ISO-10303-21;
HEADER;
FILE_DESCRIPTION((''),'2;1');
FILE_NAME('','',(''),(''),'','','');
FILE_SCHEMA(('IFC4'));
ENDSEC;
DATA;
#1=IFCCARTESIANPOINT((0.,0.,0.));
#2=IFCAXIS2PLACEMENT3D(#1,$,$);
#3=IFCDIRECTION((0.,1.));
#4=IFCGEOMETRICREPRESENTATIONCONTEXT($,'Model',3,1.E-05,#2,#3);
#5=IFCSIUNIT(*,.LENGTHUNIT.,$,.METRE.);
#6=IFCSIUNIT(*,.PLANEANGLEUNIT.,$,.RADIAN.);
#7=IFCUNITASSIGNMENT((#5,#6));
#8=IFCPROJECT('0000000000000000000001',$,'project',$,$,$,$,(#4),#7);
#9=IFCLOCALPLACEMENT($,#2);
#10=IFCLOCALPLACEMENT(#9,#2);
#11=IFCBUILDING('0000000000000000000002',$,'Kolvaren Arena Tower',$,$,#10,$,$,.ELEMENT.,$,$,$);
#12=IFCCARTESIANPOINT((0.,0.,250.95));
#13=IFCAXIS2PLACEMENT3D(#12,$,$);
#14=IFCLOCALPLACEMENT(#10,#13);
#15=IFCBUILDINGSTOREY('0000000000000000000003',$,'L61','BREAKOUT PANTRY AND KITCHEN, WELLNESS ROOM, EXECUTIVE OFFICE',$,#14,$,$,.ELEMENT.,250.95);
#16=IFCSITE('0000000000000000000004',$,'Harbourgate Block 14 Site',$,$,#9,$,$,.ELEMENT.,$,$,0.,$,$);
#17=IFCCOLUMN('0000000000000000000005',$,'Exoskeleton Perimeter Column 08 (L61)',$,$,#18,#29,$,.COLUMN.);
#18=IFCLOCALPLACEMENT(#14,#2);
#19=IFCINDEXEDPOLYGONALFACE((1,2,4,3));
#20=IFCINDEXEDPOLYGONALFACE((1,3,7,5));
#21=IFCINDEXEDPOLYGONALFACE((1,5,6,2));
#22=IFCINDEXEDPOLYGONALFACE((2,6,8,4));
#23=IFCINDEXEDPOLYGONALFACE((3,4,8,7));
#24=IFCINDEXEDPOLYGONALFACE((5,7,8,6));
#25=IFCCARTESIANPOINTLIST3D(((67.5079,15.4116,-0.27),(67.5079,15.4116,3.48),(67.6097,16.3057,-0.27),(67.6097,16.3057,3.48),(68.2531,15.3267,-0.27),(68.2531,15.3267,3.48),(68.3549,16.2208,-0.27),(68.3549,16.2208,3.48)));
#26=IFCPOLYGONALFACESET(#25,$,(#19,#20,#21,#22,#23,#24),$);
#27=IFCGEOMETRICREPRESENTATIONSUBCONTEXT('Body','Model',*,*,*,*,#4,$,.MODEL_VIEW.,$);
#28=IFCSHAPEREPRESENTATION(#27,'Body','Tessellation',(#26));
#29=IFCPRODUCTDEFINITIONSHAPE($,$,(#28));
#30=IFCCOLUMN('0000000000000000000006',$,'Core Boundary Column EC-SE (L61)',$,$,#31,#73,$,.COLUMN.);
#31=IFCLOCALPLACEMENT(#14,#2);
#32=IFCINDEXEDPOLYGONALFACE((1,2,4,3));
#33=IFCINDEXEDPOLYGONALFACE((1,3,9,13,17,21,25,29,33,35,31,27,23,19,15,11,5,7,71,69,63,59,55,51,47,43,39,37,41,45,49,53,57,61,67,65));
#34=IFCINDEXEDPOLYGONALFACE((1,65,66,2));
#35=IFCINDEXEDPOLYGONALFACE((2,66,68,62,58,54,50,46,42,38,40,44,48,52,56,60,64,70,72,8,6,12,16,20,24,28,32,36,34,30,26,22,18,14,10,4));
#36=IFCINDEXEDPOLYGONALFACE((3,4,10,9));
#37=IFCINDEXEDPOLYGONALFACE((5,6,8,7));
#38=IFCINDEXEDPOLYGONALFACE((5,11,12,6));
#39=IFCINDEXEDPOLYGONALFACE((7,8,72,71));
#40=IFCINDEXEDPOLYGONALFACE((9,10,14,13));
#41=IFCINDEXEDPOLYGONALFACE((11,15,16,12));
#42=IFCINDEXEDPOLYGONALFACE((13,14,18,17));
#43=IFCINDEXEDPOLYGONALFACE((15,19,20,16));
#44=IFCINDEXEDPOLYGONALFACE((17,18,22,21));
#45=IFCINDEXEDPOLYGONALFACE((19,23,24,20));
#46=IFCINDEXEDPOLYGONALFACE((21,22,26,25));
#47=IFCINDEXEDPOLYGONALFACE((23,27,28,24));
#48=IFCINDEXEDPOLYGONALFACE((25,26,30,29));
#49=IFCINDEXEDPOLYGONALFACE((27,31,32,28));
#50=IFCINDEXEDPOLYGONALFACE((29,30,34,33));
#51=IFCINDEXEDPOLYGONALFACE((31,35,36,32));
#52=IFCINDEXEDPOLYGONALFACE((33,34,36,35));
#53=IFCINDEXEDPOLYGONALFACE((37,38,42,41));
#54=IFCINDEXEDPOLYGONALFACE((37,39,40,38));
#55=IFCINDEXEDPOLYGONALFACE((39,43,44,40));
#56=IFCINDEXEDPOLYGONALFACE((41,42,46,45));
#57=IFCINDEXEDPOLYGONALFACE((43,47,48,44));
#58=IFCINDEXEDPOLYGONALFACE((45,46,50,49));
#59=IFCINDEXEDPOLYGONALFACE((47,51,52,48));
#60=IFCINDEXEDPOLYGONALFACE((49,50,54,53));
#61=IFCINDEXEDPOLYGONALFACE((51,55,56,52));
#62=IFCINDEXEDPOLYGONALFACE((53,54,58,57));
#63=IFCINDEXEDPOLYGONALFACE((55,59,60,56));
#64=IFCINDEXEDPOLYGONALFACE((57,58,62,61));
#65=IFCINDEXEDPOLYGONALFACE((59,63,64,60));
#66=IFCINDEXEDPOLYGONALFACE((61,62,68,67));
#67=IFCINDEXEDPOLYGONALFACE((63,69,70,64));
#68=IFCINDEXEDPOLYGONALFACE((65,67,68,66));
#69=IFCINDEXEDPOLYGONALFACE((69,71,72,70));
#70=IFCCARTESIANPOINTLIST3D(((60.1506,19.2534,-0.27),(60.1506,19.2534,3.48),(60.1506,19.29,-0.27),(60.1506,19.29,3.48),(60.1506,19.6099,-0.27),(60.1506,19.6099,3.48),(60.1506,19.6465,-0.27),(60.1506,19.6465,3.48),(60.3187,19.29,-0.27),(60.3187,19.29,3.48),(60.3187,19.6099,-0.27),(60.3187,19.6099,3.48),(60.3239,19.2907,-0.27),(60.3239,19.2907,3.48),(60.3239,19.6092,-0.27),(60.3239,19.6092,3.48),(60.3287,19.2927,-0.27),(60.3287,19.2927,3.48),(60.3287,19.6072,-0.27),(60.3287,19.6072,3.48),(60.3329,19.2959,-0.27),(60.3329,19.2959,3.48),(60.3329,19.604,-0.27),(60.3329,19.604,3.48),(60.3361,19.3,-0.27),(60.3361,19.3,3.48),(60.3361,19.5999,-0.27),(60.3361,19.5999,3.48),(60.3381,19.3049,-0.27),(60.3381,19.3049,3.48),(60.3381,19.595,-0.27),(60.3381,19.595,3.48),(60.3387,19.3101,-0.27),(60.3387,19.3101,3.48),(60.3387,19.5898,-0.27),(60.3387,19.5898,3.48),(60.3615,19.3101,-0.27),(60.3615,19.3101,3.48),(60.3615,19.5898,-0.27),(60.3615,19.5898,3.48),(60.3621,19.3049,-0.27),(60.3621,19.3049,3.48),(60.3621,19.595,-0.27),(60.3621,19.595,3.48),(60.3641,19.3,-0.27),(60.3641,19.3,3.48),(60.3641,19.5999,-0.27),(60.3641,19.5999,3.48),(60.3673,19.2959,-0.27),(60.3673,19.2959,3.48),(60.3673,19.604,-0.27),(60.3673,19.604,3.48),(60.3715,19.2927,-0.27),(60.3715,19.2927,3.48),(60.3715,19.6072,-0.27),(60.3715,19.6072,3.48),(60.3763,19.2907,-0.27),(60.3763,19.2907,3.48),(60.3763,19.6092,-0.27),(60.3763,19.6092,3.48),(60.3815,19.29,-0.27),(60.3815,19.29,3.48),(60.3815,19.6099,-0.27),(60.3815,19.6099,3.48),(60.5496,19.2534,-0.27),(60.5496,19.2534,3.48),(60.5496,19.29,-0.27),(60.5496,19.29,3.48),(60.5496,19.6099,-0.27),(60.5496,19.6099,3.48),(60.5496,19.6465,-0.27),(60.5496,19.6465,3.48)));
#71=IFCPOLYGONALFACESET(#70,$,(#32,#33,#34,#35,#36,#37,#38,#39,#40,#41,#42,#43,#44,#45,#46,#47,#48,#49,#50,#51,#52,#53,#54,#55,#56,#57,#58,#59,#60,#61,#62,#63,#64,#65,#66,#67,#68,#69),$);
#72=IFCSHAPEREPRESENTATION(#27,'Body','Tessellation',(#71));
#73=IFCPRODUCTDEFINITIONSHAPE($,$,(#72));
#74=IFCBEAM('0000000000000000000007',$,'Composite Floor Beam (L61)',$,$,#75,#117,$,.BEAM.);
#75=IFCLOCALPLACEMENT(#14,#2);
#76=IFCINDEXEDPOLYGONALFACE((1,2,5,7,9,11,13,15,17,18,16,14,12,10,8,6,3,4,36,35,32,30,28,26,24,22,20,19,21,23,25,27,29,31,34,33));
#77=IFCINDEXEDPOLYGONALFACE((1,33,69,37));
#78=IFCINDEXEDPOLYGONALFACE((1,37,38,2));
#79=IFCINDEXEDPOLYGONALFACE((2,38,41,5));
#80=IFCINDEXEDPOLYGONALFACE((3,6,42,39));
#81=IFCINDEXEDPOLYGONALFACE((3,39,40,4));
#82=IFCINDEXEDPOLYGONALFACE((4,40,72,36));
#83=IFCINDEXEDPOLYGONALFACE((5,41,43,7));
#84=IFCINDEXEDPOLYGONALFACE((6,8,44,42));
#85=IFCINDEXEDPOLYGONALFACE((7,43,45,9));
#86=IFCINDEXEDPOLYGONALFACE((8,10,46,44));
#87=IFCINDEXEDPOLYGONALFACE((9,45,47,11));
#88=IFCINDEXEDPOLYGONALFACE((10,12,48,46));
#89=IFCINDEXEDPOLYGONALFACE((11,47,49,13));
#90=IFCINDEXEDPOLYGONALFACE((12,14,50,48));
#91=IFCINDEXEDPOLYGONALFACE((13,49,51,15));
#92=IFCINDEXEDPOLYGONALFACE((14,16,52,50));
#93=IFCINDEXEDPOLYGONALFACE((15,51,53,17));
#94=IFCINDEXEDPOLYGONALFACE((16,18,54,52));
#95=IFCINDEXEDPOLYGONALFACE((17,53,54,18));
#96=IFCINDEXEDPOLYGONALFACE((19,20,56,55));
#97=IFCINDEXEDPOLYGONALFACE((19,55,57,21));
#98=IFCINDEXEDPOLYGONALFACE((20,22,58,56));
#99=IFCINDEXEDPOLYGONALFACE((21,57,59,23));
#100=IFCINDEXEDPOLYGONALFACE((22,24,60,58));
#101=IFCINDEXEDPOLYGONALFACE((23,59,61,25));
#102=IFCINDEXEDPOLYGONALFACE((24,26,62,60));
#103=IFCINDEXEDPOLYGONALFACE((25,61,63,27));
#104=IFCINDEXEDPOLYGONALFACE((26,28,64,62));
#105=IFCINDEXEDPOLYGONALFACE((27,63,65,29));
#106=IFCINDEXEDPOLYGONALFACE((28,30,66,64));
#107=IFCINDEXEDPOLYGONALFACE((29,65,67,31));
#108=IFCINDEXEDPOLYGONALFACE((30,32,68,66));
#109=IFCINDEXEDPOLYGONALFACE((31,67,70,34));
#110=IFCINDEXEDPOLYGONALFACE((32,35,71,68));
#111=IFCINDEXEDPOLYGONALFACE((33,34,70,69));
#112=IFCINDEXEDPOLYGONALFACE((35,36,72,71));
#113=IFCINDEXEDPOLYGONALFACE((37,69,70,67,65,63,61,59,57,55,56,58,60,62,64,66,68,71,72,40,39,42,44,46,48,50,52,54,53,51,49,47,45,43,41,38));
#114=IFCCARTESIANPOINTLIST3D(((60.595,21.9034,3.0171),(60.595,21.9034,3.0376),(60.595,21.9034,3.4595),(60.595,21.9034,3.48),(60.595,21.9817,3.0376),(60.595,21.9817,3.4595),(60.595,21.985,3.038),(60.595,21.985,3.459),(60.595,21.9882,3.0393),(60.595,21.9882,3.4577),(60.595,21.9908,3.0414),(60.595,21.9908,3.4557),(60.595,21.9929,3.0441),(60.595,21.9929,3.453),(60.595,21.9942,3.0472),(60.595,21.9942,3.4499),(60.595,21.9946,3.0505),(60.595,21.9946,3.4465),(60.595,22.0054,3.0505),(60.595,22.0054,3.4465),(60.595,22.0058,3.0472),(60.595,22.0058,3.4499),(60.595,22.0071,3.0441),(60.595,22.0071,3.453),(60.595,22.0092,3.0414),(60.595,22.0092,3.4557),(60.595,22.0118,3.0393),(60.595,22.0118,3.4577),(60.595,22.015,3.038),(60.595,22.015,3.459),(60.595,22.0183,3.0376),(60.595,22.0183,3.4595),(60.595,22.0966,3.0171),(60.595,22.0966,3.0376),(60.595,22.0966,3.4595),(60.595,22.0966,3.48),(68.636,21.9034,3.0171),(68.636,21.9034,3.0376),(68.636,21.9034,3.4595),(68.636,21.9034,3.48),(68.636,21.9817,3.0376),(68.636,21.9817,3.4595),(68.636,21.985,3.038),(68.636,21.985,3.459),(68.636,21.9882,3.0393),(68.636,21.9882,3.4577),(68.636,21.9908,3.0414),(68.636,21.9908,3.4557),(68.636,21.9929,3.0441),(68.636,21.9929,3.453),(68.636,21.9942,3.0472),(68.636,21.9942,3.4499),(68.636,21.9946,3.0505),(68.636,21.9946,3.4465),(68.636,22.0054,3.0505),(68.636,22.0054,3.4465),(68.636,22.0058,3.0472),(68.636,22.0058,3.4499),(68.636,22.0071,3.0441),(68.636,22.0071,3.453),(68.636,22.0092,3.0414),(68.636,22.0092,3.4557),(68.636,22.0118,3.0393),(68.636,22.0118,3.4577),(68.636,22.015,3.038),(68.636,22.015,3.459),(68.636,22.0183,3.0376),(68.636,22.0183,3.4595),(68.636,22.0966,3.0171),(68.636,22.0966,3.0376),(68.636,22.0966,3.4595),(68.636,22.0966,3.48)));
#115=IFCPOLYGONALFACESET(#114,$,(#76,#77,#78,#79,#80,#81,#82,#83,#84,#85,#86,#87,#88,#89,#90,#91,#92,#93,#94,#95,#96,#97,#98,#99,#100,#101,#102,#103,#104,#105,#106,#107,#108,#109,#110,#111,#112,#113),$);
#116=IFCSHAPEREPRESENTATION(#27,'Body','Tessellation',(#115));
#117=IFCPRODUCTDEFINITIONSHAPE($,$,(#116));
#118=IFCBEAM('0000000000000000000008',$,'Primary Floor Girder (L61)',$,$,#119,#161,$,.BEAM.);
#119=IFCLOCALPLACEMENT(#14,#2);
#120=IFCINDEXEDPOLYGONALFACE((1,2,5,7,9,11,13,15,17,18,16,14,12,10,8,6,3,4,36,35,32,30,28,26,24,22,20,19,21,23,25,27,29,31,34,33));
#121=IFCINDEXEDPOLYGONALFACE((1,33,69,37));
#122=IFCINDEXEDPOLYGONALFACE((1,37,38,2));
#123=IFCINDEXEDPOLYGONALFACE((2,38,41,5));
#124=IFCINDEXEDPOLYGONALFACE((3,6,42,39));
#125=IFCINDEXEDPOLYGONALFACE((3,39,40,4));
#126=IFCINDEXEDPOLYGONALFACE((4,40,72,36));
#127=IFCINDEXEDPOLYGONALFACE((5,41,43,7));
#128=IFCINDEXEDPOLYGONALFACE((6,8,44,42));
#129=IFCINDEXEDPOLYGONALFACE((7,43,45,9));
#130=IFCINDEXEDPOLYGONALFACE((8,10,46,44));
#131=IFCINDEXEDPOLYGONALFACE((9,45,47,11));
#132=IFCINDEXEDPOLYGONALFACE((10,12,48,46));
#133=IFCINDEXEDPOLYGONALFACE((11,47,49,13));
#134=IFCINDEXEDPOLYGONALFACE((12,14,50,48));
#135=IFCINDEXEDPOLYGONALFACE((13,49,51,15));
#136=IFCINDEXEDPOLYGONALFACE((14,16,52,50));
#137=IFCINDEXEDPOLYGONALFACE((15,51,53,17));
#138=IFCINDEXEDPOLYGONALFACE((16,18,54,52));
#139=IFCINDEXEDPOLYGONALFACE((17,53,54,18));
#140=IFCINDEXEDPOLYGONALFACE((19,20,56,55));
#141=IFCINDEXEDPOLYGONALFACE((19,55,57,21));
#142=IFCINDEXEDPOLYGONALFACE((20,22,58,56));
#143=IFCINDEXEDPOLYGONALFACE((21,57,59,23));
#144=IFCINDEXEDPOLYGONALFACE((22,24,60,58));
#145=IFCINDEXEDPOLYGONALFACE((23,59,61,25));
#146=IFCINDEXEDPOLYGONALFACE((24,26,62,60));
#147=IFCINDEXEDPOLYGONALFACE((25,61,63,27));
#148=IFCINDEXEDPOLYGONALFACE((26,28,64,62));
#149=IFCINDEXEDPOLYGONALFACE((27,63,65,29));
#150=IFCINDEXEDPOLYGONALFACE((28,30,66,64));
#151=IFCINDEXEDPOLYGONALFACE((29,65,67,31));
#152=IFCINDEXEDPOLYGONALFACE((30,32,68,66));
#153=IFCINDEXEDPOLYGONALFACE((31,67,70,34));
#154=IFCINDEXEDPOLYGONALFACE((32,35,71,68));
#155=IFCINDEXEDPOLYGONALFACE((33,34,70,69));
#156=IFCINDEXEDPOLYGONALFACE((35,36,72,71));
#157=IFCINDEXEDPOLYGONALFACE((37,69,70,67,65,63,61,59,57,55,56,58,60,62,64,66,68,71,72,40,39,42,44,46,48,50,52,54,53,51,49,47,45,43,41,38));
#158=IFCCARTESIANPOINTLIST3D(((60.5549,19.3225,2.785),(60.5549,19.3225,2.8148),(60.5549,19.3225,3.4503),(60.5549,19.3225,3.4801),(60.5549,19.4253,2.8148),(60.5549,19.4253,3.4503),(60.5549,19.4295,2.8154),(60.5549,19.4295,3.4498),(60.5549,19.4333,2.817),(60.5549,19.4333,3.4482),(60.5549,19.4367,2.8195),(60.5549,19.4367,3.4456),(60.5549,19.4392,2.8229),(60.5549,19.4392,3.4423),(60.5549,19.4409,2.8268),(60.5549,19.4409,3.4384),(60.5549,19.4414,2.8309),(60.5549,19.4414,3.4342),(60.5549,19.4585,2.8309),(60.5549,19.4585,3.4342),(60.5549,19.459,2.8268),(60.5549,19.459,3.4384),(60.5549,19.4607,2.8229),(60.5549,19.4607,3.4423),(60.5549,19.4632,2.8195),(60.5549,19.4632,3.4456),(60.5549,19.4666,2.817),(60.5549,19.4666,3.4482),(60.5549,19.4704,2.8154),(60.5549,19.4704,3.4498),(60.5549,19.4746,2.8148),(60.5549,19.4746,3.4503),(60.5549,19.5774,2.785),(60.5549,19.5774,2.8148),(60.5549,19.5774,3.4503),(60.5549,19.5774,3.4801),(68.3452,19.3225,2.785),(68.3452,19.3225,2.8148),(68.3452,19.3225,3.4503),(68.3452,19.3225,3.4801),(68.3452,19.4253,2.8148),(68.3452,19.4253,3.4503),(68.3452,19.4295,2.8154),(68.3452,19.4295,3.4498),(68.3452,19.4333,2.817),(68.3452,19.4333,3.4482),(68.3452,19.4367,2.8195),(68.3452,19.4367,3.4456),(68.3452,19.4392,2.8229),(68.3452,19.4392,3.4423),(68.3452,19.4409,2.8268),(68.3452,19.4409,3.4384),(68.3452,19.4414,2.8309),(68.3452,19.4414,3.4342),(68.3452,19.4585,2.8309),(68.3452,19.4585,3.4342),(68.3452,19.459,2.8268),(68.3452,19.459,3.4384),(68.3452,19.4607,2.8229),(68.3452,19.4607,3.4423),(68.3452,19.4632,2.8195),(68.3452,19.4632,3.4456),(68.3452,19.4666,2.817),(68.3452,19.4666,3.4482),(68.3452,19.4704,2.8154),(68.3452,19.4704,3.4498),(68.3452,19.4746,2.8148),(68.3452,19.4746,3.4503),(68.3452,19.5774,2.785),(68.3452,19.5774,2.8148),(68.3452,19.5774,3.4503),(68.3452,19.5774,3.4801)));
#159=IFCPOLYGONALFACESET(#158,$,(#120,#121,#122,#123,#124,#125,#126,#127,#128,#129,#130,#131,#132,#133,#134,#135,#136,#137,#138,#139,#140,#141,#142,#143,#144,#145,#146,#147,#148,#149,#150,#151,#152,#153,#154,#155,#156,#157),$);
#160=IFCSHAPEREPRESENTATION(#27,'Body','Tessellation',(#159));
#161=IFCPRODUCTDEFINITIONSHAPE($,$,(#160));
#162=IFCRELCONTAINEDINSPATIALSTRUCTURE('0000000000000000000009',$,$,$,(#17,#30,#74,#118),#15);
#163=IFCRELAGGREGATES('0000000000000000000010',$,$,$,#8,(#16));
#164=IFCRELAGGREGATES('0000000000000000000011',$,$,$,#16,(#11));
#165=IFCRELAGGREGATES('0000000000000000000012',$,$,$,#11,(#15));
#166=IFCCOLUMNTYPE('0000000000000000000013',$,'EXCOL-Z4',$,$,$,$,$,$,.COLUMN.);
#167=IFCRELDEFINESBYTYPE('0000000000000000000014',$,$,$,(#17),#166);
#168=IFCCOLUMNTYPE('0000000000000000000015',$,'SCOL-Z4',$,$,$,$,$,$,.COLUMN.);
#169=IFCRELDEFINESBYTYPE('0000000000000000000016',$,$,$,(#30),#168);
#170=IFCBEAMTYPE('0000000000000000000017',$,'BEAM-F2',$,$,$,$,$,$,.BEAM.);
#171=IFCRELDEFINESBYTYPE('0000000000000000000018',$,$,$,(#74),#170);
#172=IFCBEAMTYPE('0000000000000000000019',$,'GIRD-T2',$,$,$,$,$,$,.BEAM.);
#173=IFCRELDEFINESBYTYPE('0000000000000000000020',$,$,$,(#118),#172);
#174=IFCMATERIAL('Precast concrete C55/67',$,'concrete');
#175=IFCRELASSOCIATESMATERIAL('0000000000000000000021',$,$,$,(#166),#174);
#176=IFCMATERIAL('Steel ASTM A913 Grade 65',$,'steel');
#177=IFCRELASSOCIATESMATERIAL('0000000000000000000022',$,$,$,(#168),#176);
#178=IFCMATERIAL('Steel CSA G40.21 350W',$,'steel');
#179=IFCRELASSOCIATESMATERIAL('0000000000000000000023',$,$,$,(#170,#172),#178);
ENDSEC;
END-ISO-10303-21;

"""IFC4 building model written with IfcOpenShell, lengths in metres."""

from ifc_helpers import new_model, si_unit, direction, frame, origin, origin_2d, place, context, subcontext, project, spatial, rectangle, i_section, extrude, material, material_profile, profile_set, type_object, element, save


model = new_model("IFC4")

# Units and contexts
model_context = context("Model", 3, precision=1e-05, world=origin(), true_north=direction((0.0, 1.0)))
body_context = subcontext(model_context, "Body", "Model", "MODEL_VIEW")
ifc_project = project(units=[si_unit("LENGTHUNIT", "METRE"), si_unit("PLANEANGLEUNIT", "RADIAN")], contexts=[model_context])

# Site, building, storey
site_placement = place(None, origin())
site = spatial("IfcSite", under=ifc_project, at=site_placement, Name="Harbourgate Block 14 Site", CompositionType="ELEMENT", RefElevation=0.0)
building_placement = place(site_placement, origin())
building = spatial("IfcBuilding", under=site, at=building_placement, Name="Kolvaren Arena Tower", CompositionType="ELEMENT")
storey_placement = place(building_placement, frame((0.0, 0.0, 250.95)))
storey = spatial("IfcBuildingStorey", under=building, at=storey_placement, Name="L61", Description="BREAKOUT PANTRY AND KITCHEN, WELLNESS ROOM, EXECUTIVE OFFICE", CompositionType="ELEMENT", Elevation=250.95)

# Columns
ifc_material_1 = material(Name="Precast concrete C55/67", Category="concrete")
ifc_material_profile_1 = material_profile(ifc_material_1, rectangle(XDim=0.8999, YDim=0.75, at=origin_2d()), Name="RC-900x750")
ifc_profile_set_1 = profile_set([ifc_material_profile_1], Name="Precast concrete C55/67")
column_type_1 = type_object("IfcColumnType", Name="EXCOL-Z4", PredefinedType="COLUMN", material=ifc_profile_set_1)
column_1_placement = place(storey_placement, frame((67.9314, 15.8162, -0.27), z_axis=(0.0, 0.0, 1.0), x_axis=(0.113203, 0.993572, 0.0)))
element("IfcColumn", 1, at=column_1_placement, inside=storey, type_object=column_type_1, Name="Exoskeleton Perimeter Column 08 (L61)", PredefinedType="COLUMN", context=body_context, shape_type="SweptSolid", body=[
    extrude(rectangle(XDim=0.8999, YDim=0.75, at=origin_2d()), origin(), (0.0, 0.0, 1.0), 3.75),
])
ifc_material_2 = material(Name="Steel ASTM A913 Grade 65", Category="steel")
ifc_material_profile_2 = material_profile(ifc_material_2, i_section(OverallWidth=0.3989, OverallDepth=0.3931, WebThickness=0.0227, FlangeThickness=0.0366, FilletRadius=0.02, at=origin_2d()), Name="W360x287")
ifc_profile_set_2 = profile_set([ifc_material_profile_2], Name="Steel ASTM A913 Grade 65")
column_type_2 = type_object("IfcColumnType", Name="SCOL-Z4", PredefinedType="COLUMN", material=ifc_profile_set_2)
column_2_placement = place(storey_placement, frame((60.3501, 19.45, -0.27), z_axis=(0.0, 0.0, 1.0), x_axis=(1.0, 0.0, 0.0)))
element("IfcColumn", 2, at=column_2_placement, inside=storey, type_object=column_type_2, Name="Core Boundary Column EC-SE (L61)", PredefinedType="COLUMN", context=body_context, shape_type="SweptSolid", body=[
    extrude(i_section(OverallWidth=0.3989, OverallDepth=0.3931, WebThickness=0.0227, FlangeThickness=0.0366, FilletRadius=0.02, at=origin_2d()), origin(), (0.0, 0.0, 1.0), 3.75),
])

# Beams
ifc_material_3 = material(Name="Steel CSA G40.21 350W", Category="steel")
ifc_material_profile_3 = material_profile(ifc_material_3, i_section(OverallWidth=0.1931, OverallDepth=0.4629, WebThickness=0.0107, FlangeThickness=0.0205, FilletRadius=0.0129, at=origin_2d()), Name="W460x113")
ifc_profile_set_3 = profile_set([ifc_material_profile_3], Name="Steel CSA G40.21 350W")
beam_type_1 = type_object("IfcBeamType", Name="BEAM-F2", PredefinedType="BEAM", material=ifc_profile_set_3)
beam_1_placement = place(storey_placement, frame((60.595, 22.0, 3.2485), z_axis=(1.0, 0.0, 0.0), x_axis=(0.0, 1.0, 0.0)))
element("IfcBeam", 3, at=beam_1_placement, inside=storey, type_object=beam_type_1, Name="Composite Floor Beam (L61)", PredefinedType="BEAM", context=body_context, shape_type="SweptSolid", body=[
    extrude(i_section(OverallWidth=0.1931, OverallDepth=0.4629, WebThickness=0.0107, FlangeThickness=0.0205, FilletRadius=0.0129, at=origin_2d()), origin(), (0.0, 0.0, 1.0), 8.041),
])
ifc_material_profile_4 = material_profile(ifc_material_3, i_section(OverallWidth=0.2549, OverallDepth=0.6951, WebThickness=0.0171, FlangeThickness=0.0298, FilletRadius=0.0161, at=origin_2d()), Name="W690x217")
ifc_profile_set_4 = profile_set([ifc_material_profile_4], Name="Steel CSA G40.21 350W")
beam_type_2 = type_object("IfcBeamType", Name="GIRD-T2", PredefinedType="BEAM", material=ifc_profile_set_4)
beam_2_placement = place(storey_placement, frame((60.5549, 19.45, 3.1326), z_axis=(1.0, 0.0, 0.0), x_axis=(0.0, 1.0, 0.0)))
element("IfcBeam", 4, at=beam_2_placement, inside=storey, type_object=beam_type_2, Name="Primary Floor Girder (L61)", PredefinedType="BEAM", context=body_context, shape_type="SweptSolid", body=[
    extrude(i_section(OverallWidth=0.2549, OverallDepth=0.6951, WebThickness=0.0171, FlangeThickness=0.0298, FilletRadius=0.0161, at=origin_2d()), origin(), (0.0, 0.0, 1.0), 7.7903),
])

save(model, "model.ifc")
